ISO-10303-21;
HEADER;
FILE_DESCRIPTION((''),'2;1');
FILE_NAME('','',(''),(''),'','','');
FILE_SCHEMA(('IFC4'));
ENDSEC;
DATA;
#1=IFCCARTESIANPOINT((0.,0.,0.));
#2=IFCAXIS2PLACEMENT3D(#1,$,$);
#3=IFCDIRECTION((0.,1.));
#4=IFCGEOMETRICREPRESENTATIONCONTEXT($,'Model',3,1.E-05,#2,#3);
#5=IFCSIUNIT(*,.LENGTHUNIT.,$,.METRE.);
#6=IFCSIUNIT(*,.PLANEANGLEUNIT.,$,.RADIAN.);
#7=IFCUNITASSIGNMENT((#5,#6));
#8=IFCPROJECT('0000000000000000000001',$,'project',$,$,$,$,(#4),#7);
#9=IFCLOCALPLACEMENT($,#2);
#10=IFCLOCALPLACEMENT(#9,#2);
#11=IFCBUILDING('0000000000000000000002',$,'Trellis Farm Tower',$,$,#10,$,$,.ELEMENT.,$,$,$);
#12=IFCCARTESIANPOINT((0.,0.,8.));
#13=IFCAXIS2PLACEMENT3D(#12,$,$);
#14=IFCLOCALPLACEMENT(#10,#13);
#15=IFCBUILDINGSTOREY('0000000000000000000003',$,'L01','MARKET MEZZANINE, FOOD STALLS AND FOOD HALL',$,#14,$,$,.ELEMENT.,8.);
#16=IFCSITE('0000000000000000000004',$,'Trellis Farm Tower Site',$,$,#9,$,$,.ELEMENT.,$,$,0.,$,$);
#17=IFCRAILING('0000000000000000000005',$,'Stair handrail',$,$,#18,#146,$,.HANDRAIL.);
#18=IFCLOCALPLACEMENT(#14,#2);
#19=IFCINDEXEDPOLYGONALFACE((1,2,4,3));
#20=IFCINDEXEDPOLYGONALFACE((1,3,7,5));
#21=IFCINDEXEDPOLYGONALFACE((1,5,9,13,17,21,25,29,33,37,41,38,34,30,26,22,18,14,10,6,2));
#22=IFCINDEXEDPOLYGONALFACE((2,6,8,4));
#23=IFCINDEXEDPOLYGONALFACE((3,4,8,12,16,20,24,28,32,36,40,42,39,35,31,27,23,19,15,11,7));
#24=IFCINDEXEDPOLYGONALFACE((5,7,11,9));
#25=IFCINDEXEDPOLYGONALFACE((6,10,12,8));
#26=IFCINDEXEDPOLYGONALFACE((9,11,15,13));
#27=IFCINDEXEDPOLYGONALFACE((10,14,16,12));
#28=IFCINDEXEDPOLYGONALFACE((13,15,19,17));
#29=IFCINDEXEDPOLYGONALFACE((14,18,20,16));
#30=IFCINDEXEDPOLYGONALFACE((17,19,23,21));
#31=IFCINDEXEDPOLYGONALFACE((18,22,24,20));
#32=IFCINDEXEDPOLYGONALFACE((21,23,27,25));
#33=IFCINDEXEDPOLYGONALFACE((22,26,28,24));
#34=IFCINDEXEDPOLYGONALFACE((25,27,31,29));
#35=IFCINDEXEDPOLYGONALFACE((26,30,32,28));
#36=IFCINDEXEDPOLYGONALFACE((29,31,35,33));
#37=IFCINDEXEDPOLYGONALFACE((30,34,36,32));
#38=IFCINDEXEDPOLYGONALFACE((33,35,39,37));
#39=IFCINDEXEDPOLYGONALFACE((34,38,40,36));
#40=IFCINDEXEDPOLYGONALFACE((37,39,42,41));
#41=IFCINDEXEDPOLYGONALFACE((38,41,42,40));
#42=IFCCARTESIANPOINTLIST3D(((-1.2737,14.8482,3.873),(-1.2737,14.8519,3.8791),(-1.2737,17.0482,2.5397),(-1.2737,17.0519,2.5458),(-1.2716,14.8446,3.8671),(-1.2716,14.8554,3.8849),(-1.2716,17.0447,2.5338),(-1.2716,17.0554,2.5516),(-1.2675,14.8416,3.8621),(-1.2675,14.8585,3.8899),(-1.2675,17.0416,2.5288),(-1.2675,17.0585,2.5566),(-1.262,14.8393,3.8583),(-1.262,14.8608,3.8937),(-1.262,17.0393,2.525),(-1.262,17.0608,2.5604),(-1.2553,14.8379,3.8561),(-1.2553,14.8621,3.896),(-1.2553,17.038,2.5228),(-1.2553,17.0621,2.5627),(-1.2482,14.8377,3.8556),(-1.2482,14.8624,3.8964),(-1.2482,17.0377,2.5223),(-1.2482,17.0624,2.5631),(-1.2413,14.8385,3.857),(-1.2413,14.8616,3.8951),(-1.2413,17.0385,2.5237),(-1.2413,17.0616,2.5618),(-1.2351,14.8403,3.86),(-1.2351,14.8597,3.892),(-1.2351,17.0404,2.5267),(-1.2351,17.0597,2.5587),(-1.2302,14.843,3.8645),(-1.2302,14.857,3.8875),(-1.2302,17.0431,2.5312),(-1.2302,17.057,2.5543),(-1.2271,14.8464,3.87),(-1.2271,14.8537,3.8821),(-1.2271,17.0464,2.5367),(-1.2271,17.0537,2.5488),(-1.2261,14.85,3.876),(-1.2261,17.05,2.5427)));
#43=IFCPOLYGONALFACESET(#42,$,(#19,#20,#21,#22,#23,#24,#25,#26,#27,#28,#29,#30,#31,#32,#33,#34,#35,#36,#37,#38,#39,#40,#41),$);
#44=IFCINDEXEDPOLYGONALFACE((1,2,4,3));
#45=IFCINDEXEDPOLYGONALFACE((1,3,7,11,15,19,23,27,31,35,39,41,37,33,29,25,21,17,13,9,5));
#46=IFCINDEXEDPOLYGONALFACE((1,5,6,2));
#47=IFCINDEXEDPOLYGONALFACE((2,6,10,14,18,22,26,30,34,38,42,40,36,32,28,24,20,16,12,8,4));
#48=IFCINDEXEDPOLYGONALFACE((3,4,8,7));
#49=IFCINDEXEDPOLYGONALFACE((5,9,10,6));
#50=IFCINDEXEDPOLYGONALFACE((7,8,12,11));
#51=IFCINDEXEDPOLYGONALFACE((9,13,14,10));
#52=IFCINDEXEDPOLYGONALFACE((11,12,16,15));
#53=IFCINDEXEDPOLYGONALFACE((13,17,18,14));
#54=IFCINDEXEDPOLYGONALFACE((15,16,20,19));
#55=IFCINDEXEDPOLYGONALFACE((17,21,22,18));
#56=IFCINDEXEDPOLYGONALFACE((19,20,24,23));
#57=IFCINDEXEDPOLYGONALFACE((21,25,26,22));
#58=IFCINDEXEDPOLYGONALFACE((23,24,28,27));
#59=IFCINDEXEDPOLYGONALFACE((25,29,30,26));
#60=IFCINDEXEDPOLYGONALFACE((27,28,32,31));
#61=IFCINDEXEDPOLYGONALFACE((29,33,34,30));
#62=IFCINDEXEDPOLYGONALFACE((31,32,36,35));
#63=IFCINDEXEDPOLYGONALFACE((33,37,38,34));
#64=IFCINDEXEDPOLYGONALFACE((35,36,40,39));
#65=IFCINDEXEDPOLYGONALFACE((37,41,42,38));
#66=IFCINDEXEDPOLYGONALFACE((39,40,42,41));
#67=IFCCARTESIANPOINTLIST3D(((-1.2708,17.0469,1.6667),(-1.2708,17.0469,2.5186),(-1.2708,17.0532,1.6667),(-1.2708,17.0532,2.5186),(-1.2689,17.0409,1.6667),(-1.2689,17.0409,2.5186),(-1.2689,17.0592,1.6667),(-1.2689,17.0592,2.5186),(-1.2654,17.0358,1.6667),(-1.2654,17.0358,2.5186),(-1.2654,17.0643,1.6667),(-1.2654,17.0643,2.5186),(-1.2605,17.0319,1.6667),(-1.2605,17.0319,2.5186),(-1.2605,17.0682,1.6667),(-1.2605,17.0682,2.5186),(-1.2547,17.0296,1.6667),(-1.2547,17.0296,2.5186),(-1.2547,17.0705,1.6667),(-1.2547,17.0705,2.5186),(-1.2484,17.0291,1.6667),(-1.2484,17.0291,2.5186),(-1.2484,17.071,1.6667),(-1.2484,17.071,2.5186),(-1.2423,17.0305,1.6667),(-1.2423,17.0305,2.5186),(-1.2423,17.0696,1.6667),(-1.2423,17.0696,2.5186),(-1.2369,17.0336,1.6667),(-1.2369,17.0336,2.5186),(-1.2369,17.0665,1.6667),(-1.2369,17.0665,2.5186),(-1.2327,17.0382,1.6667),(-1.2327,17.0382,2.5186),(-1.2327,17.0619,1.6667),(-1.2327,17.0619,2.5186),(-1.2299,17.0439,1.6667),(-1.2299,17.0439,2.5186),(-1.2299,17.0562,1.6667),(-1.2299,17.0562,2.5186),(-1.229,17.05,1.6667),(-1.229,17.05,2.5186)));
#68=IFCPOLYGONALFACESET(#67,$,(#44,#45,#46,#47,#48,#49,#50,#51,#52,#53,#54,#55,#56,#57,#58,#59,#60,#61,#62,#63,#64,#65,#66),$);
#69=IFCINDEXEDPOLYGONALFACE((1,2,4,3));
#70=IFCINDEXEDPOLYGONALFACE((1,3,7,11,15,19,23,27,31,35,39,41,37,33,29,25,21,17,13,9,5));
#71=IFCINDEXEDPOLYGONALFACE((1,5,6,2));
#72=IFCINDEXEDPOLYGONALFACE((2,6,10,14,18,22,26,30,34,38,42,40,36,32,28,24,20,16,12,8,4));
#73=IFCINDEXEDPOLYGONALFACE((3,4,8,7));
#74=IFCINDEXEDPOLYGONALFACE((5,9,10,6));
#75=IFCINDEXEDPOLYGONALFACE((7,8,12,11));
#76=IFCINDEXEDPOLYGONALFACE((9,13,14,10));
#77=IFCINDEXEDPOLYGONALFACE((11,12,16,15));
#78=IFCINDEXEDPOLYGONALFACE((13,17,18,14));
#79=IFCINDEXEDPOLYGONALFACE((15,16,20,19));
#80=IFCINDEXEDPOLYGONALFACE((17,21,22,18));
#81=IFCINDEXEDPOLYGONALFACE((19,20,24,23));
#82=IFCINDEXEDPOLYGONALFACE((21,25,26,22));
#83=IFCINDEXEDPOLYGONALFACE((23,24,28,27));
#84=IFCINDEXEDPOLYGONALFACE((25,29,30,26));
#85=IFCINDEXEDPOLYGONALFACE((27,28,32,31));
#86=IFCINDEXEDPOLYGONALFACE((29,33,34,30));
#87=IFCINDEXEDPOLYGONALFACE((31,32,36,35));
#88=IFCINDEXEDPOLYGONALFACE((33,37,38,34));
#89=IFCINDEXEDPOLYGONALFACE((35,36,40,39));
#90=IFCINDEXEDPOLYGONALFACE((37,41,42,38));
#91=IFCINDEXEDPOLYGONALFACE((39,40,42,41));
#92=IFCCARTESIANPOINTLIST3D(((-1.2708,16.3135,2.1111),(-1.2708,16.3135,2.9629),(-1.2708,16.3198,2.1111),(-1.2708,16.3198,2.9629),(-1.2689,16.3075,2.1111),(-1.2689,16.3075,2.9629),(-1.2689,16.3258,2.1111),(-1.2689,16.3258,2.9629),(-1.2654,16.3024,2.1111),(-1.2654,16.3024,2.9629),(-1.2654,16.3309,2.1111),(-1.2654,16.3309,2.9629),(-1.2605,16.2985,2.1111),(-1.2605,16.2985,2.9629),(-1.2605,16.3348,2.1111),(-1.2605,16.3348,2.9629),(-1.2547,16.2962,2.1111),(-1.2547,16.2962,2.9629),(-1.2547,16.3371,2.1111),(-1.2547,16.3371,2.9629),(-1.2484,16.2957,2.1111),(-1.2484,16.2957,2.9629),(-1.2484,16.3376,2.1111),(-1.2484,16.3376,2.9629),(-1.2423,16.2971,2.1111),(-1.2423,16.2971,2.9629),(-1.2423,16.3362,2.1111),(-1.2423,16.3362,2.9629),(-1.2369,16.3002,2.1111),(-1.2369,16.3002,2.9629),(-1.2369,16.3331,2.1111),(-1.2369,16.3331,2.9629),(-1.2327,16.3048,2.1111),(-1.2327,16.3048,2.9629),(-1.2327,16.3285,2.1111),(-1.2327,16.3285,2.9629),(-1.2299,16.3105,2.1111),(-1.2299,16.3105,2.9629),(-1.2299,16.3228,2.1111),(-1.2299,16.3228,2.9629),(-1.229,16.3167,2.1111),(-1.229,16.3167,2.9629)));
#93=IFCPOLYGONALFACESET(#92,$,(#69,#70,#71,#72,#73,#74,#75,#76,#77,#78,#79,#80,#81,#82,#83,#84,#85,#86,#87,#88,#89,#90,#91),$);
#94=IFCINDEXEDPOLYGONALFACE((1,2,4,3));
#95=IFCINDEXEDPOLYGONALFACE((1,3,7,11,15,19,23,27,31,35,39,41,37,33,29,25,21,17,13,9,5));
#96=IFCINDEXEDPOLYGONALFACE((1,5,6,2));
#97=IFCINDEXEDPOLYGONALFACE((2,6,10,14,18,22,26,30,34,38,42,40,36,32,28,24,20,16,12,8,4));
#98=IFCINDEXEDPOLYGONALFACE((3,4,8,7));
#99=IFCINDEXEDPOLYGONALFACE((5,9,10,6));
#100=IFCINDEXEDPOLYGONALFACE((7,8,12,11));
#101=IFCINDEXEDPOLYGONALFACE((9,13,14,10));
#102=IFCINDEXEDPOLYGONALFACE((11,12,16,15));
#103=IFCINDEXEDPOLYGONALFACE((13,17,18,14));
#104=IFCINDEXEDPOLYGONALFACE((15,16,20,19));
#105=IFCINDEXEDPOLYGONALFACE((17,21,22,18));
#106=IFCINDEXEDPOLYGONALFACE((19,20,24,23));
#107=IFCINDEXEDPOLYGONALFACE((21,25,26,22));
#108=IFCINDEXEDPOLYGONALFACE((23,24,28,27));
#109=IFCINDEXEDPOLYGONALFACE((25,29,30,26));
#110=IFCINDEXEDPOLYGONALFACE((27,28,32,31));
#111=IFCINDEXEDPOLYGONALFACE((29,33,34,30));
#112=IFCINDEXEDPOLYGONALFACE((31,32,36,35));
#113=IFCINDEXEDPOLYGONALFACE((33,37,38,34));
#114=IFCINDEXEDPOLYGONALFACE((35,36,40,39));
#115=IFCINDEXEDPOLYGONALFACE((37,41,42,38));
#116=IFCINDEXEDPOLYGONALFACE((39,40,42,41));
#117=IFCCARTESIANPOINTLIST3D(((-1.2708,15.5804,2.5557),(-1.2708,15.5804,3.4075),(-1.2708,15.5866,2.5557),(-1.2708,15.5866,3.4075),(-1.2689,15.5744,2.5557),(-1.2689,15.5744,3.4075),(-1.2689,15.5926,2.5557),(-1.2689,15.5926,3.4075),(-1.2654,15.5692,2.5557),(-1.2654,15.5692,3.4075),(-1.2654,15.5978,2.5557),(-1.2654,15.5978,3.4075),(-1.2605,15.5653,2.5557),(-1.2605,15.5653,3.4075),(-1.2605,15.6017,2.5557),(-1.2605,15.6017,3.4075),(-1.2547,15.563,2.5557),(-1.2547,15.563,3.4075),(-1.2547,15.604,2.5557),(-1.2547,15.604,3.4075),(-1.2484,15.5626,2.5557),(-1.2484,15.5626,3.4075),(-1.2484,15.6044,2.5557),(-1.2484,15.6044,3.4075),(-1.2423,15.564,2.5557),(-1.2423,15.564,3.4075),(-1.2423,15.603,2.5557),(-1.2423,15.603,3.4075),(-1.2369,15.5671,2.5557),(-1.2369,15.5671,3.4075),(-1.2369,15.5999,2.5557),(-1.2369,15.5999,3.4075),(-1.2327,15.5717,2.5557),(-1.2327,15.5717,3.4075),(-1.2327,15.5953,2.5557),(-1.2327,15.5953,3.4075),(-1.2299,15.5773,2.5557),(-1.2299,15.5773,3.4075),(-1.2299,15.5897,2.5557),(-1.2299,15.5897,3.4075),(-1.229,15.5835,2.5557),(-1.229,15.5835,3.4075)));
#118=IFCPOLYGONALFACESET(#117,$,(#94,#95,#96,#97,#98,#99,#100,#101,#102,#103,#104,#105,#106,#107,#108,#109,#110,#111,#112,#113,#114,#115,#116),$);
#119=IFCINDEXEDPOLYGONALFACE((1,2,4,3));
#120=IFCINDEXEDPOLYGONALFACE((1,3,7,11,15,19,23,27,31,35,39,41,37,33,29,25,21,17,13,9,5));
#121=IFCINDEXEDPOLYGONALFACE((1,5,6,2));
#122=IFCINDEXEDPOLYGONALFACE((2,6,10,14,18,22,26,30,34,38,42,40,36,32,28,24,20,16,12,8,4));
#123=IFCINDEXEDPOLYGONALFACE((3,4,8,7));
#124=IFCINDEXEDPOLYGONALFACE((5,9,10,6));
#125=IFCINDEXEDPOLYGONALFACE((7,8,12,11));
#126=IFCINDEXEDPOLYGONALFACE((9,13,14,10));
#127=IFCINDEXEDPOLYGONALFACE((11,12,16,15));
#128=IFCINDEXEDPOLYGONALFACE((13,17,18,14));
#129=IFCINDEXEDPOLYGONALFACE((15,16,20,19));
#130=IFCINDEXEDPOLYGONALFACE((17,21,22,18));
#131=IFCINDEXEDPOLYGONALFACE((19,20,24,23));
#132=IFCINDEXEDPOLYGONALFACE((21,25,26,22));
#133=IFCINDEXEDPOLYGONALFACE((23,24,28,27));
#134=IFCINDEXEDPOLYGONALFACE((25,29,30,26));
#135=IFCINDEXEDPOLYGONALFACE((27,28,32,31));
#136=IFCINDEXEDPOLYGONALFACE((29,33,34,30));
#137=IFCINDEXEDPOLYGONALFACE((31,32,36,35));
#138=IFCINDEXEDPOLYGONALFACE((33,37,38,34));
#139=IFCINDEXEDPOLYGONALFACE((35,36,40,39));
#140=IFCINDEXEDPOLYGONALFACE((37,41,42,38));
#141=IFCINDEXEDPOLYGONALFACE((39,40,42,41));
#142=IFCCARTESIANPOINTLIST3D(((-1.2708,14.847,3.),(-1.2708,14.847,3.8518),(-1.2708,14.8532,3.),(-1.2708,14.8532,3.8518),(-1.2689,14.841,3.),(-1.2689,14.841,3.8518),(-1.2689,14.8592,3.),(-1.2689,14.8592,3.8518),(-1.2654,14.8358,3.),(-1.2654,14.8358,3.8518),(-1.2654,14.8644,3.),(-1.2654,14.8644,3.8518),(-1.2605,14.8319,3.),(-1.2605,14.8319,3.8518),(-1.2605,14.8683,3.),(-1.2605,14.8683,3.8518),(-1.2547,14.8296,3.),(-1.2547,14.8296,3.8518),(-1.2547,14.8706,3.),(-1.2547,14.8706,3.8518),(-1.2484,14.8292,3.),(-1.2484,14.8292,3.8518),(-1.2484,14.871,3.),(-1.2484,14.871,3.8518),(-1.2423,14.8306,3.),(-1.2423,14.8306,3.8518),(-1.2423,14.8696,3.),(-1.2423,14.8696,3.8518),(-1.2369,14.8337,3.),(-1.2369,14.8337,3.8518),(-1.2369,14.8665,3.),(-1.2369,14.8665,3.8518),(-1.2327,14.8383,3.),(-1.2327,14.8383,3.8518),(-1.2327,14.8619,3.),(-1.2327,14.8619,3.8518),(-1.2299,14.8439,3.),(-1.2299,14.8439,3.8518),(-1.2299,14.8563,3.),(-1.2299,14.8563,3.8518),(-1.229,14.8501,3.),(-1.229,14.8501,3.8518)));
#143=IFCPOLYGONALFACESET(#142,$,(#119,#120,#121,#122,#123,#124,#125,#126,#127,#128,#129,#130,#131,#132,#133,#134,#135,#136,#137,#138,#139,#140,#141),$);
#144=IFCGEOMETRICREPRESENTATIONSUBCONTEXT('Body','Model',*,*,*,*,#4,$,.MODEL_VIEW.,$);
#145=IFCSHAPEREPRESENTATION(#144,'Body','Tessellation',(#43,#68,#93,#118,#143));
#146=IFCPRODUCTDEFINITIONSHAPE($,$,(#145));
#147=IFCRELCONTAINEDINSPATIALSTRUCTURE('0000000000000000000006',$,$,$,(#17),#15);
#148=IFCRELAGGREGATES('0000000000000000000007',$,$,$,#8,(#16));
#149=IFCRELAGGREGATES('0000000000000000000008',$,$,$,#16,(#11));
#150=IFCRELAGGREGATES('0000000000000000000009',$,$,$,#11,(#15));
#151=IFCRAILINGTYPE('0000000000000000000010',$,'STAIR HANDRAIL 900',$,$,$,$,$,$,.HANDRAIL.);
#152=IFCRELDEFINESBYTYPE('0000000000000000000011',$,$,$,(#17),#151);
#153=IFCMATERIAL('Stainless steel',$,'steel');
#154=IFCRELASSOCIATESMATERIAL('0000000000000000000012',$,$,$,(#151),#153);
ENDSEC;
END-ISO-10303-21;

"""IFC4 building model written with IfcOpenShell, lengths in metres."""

from ifc_helpers import new_model, si_unit, direction, frame, origin, origin_2d, place, context, subcontext, project, spatial, circle, extrude, source, transform, mapped, material, type_object, element, save


model = new_model("IFC4")

# Units and contexts
model_context = context("Model", 3, precision=1e-05, world=origin(), true_north=direction((0.0, 1.0)))
body_context = subcontext(model_context, "Body", "Model", "MODEL_VIEW")
ifc_project = project(units=[si_unit("LENGTHUNIT", "METRE"), si_unit("PLANEANGLEUNIT", "RADIAN")], contexts=[model_context])

# Site, building, storey
site_placement = place(None, origin())
site = spatial("IfcSite", under=ifc_project, at=site_placement, Name="Trellis Farm Tower Site", CompositionType="ELEMENT", RefElevation=0.0)
building_placement = place(site_placement, origin())
building = spatial("IfcBuilding", under=site, at=building_placement, Name="Trellis Farm Tower", CompositionType="ELEMENT")
storey_placement = place(building_placement, frame((0.0, 0.0, 8.0)))
storey = spatial("IfcBuildingStorey", under=building, at=storey_placement, Name="L01", Description="MARKET MEZZANINE, FOOD STALLS AND FOOD HALL", CompositionType="ELEMENT", Elevation=8.0)

# Railing
ifc_material_1 = material(Name="Stainless steel", Category="steel")
railing_type = type_object("IfcRailingType", Name="STAIR HANDRAIL 900", PredefinedType="HANDRAIL", material=ifc_material_1)
shared_shape_1 = source(origin(), body_context, "Body", "SweptSolid", [
    extrude(circle(Radius=0.0239, at=origin_2d()), frame((0.0, 0.0, 0.876), z_axis=(0.0, -0.855207, 0.518287), x_axis=(1.0, 0.0, 0.0)), (0.0, 0.0, 1.0), 2.5725),
    extrude(circle(Radius=0.021, at=origin_2d()), origin(), (0.0, 0.0, 1.0), 0.8518),
    extrude(circle(Radius=0.021, at=origin_2d()), frame((0.0, -0.7334, 0.4443)), (0.0, 0.0, 1.0), 0.8518),
    extrude(circle(Radius=0.021, at=origin_2d()), frame((0.0, -1.4666, 0.8889)), (0.0, 0.0, 1.0), 0.8518),
    extrude(circle(Radius=0.021, at=origin_2d()), frame((0.0, -2.2, 1.3333)), (0.0, 0.0, 1.0), 0.8518),
])
for number, where, name in (
    (1, (-1.25, 17.05, 1.6667), "Stair handrail"),
):
    element("IfcRailing", number, at=place(storey_placement, frame(where)), inside=storey, type_object=railing_type, Name=name, PredefinedType="HANDRAIL", context=body_context, shape_type="MappedRepresentation", body=[
        mapped(shared_shape_1, transform((0.0, 0.0, 0.0))),
    ])

save(model, "model.ifc")
